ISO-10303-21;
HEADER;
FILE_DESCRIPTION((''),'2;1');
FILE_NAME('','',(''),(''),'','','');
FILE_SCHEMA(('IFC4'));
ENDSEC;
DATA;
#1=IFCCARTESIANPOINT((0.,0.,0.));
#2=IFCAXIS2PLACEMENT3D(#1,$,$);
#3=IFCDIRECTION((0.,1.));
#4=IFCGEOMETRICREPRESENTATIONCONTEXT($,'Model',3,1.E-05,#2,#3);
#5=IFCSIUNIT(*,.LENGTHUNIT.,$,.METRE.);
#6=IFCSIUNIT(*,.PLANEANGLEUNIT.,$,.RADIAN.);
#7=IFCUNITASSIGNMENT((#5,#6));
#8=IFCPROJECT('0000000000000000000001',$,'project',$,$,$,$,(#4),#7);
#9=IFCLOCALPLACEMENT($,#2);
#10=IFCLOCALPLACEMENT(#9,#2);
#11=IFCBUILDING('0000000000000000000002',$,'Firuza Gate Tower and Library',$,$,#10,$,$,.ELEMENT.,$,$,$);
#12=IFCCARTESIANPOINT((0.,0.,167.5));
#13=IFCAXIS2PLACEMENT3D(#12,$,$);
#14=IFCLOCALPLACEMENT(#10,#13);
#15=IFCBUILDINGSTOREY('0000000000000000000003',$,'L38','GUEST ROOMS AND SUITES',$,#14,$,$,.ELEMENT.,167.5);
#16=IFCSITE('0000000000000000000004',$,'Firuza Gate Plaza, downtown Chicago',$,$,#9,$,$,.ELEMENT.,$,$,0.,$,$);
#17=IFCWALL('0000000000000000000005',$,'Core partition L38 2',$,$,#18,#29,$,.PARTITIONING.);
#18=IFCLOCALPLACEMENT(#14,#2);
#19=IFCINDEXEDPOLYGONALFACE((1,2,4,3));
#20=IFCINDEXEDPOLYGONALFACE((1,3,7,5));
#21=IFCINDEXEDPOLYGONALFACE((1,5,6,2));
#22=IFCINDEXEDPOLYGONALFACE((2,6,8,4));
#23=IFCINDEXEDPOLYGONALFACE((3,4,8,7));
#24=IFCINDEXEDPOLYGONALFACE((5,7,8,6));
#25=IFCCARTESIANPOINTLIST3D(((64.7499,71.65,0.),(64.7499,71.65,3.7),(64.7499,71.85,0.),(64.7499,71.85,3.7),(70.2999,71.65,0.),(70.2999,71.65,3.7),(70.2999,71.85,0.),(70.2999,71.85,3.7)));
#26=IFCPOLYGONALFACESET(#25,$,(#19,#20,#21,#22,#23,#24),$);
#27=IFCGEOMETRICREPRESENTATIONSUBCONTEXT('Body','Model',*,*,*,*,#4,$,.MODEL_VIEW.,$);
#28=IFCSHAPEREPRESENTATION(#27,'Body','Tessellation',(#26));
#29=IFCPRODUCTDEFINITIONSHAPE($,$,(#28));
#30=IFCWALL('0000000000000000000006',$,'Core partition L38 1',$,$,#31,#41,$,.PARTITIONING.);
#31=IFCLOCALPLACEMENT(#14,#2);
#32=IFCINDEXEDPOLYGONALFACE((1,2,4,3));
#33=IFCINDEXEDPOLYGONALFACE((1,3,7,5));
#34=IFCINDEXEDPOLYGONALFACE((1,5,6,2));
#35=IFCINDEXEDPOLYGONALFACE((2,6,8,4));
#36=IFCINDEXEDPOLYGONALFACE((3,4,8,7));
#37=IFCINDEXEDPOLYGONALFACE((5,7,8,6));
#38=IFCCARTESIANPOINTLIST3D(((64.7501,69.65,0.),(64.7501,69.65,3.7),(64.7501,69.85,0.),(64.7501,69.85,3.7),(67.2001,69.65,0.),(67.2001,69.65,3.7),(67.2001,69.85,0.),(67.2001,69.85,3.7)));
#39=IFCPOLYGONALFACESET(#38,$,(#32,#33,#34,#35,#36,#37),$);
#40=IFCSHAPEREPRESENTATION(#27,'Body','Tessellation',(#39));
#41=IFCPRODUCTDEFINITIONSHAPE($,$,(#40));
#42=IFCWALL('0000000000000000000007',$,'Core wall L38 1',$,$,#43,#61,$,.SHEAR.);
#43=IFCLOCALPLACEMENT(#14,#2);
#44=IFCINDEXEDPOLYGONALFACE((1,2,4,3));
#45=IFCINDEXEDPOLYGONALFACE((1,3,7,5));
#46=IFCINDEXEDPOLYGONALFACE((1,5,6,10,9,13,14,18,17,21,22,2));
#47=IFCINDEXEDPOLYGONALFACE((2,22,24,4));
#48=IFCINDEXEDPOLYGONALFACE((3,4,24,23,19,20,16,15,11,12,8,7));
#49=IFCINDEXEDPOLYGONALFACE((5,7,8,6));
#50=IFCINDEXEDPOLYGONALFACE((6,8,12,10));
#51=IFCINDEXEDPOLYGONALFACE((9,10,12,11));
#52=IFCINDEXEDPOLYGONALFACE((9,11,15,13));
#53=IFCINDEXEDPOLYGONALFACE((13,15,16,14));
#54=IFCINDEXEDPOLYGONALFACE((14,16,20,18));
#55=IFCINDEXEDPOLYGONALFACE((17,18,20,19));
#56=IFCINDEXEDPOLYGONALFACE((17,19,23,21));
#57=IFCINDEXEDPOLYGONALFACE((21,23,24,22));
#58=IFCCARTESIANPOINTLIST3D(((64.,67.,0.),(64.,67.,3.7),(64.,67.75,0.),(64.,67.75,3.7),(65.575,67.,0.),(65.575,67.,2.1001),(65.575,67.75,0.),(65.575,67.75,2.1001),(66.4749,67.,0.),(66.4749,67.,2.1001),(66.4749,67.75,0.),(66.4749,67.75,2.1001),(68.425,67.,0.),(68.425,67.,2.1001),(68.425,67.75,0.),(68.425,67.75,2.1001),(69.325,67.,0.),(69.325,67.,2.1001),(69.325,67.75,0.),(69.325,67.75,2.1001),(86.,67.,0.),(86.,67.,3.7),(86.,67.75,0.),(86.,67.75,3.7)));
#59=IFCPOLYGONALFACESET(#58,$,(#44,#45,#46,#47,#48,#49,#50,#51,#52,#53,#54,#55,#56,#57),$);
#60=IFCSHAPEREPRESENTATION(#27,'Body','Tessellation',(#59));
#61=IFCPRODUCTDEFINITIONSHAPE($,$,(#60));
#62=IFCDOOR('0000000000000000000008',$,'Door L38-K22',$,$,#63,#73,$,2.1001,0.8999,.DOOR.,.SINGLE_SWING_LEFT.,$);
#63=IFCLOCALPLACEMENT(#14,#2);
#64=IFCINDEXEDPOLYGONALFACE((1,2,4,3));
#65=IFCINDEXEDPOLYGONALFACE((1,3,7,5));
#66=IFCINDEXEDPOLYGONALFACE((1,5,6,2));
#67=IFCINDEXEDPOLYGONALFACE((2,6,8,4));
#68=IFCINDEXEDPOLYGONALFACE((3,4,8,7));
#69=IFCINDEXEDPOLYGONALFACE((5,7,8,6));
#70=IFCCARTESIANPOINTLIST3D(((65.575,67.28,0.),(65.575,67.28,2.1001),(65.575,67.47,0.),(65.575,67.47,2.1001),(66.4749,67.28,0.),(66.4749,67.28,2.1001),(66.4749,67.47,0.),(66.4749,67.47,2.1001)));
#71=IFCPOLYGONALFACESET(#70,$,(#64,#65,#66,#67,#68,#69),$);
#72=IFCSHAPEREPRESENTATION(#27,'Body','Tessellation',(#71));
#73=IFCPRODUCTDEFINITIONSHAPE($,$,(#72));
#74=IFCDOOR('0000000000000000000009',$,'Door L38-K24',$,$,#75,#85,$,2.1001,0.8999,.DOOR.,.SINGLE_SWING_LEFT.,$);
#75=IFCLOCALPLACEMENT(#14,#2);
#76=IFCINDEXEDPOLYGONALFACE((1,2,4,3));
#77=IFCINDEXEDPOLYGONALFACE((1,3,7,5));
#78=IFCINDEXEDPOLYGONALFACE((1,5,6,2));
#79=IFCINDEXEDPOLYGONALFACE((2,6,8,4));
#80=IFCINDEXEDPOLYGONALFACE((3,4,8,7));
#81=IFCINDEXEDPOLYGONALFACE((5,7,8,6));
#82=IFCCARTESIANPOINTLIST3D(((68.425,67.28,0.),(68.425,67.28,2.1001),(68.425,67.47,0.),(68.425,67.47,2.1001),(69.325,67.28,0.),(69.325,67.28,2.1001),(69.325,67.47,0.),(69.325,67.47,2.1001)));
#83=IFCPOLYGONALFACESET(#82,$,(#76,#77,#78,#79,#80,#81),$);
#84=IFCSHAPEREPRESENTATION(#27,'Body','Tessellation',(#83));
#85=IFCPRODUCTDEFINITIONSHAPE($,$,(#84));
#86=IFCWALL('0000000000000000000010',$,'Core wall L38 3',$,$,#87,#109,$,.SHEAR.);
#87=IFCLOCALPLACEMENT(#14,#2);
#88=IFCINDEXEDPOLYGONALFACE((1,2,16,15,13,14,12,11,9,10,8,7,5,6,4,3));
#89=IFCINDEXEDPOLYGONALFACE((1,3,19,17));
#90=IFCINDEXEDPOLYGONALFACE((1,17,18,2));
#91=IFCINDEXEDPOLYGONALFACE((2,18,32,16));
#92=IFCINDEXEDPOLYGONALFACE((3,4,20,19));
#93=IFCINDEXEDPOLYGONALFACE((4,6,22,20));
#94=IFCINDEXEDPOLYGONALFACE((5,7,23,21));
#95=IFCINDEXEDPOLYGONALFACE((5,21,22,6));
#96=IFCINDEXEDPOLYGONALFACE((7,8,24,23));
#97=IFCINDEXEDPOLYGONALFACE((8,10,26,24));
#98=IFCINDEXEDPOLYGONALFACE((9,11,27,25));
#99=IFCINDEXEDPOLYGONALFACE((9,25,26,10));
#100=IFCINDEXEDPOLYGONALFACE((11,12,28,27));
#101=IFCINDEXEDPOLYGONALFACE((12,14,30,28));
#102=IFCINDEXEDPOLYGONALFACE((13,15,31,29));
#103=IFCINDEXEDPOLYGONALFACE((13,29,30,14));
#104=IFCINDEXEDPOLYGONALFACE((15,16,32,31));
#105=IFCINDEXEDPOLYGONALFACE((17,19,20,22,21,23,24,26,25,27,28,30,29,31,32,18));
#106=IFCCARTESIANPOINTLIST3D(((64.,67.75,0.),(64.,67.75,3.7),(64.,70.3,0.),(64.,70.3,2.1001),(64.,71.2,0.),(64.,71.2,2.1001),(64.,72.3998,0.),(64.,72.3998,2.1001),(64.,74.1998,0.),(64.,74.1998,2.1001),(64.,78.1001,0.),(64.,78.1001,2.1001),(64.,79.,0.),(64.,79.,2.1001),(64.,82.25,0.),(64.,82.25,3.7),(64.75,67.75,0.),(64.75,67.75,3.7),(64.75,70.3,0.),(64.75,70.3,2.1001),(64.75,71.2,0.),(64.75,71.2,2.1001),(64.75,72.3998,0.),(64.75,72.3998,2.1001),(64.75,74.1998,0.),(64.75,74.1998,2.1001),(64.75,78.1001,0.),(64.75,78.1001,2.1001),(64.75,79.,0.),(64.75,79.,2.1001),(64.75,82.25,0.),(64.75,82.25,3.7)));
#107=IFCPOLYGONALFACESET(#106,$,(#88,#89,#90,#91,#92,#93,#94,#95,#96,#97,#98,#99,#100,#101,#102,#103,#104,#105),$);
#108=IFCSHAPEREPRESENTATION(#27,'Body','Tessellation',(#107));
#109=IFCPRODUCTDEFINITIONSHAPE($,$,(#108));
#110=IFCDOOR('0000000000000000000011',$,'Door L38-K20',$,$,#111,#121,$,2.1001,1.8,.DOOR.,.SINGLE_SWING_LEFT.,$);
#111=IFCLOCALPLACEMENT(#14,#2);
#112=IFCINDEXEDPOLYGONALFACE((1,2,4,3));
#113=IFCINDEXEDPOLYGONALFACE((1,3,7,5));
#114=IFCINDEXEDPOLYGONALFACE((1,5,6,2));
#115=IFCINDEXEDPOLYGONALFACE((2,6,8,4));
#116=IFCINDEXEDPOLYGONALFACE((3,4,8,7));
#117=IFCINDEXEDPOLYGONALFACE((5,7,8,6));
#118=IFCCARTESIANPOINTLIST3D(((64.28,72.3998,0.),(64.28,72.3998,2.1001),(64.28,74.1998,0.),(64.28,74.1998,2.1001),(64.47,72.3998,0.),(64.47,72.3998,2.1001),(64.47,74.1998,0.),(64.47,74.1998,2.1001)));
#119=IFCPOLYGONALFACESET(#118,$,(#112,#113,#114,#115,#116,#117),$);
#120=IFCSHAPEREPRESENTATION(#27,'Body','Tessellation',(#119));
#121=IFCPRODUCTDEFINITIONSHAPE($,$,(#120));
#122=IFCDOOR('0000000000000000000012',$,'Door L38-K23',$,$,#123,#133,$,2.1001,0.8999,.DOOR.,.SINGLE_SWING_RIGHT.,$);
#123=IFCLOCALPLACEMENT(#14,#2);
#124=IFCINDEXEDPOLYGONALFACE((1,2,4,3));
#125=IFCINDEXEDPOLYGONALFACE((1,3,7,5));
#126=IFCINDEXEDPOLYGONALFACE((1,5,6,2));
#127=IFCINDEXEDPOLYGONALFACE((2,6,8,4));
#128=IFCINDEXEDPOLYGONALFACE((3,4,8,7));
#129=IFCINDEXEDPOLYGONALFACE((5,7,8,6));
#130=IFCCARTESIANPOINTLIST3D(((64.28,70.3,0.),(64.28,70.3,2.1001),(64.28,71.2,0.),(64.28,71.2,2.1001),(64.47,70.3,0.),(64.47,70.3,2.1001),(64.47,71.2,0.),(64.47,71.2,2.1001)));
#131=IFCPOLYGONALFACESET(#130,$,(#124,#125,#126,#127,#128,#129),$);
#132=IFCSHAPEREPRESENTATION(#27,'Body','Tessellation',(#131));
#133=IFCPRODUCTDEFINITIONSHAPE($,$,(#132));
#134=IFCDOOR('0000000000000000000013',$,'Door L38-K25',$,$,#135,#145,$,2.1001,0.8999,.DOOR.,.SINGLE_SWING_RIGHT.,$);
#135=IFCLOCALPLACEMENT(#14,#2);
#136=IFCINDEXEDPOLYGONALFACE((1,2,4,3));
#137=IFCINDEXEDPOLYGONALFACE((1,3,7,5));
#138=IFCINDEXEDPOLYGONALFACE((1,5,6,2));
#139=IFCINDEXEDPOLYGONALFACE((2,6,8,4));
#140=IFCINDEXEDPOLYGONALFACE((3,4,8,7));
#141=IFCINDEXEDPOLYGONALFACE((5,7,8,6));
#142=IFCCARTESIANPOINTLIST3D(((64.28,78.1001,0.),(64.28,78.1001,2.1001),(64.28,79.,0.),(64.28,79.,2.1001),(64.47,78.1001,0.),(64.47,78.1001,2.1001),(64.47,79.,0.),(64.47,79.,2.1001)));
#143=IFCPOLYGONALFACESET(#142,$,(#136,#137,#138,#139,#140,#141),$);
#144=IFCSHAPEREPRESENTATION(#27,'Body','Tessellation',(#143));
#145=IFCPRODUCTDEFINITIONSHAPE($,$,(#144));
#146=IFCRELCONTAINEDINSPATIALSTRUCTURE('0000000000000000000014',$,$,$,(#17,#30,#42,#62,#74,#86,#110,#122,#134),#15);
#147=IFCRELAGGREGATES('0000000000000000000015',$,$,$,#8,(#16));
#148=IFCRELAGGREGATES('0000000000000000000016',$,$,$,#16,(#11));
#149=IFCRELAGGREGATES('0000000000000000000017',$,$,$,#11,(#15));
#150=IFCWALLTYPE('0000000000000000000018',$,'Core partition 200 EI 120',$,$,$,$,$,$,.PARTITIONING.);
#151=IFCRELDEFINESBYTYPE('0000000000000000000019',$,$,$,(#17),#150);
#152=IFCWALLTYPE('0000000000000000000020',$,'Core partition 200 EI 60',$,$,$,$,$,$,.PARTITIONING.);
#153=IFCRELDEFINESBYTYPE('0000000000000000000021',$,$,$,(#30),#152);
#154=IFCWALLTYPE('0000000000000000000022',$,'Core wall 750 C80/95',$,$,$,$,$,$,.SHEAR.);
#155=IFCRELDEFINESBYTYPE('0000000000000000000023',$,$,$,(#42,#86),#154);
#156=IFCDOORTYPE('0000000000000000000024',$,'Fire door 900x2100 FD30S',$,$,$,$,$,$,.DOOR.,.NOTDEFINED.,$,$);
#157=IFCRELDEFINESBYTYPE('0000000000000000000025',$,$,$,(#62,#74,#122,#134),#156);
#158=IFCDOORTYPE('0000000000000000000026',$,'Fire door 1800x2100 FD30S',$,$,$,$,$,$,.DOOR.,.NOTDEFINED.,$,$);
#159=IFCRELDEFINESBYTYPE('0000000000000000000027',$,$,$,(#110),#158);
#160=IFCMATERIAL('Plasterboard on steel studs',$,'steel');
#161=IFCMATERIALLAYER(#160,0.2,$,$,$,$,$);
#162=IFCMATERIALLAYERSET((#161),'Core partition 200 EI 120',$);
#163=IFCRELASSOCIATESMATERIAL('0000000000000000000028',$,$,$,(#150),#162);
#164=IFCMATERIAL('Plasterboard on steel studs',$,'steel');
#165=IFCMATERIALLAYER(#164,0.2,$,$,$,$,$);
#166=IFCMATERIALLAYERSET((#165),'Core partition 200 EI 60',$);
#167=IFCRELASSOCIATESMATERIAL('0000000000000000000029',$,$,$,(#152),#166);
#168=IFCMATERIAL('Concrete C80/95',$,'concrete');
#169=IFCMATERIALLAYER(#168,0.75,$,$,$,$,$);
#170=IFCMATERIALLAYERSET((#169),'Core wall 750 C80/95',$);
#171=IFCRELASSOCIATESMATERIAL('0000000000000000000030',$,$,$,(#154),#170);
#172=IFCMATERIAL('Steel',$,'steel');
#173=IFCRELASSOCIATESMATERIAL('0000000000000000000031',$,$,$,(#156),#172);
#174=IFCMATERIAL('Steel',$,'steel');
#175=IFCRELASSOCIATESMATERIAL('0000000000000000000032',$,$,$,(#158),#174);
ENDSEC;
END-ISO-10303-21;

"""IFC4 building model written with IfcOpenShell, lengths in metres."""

from ifc_helpers import new_model, si_unit, direction, frame, frame_2d, origin, place, context, subcontext, project, spatial, rectangle, extrude, material, layer, layer_set, type_object, element, fill, save


model = new_model("IFC4")

# Units and contexts
model_context = context("Model", 3, precision=1e-05, world=origin(), true_north=direction((0.0, 1.0)))
body_context = subcontext(model_context, "Body", "Model", "MODEL_VIEW")
ifc_project = project(units=[si_unit("LENGTHUNIT", "METRE"), si_unit("PLANEANGLEUNIT", "RADIAN")], contexts=[model_context])

# Site, building, storey
site_placement = place(None, origin())
site = spatial("IfcSite", under=ifc_project, at=site_placement, Name="Firuza Gate Plaza, downtown Chicago", CompositionType="ELEMENT", RefElevation=0.0)
building_placement = place(site_placement, origin())
building = spatial("IfcBuilding", under=site, at=building_placement, Name="Firuza Gate Tower and Library", CompositionType="ELEMENT")
storey_placement = place(building_placement, frame((0.0, 0.0, 167.5)))
storey = spatial("IfcBuildingStorey", under=building, at=storey_placement, Name="L38", Description="GUEST ROOMS AND SUITES", CompositionType="ELEMENT", Elevation=167.5)

# Walls
ifc_material_1 = material(Name="Plasterboard on steel studs", Category="steel")
ifc_layer_1 = layer(ifc_material_1, 0.2)
ifc_layer_set_1 = layer_set([ifc_layer_1], Name="Core partition 200 EI 120")
wall_type_1 = type_object("IfcWallType", Name="Core partition 200 EI 120", PredefinedType="PARTITIONING", material=ifc_layer_set_1)
wall_1_placement = place(storey_placement, frame((64.75, 71.75, 0.0), z_axis=(0.0, 0.0, 1.0), x_axis=(1.0, 0.0, 0.0)))
element("IfcWall", 1, at=wall_1_placement, inside=storey, type_object=wall_type_1, Name="Core partition L38 2", PredefinedType="PARTITIONING", context=body_context, shape_type="SweptSolid", body=[
    extrude(rectangle(XDim=5.55, YDim=0.2, at=frame_2d((2.7749, 0.0))), origin(), (0.0, 0.0, 1.0), 3.7),
])
ifc_material_2 = material(Name="Plasterboard on steel studs", Category="steel")
ifc_layer_2 = layer(ifc_material_2, 0.2)
ifc_layer_set_2 = layer_set([ifc_layer_2], Name="Core partition 200 EI 60")
wall_type_2 = type_object("IfcWallType", Name="Core partition 200 EI 60", PredefinedType="PARTITIONING", material=ifc_layer_set_2)
wall_2_placement = place(storey_placement, frame((64.75, 69.75, 0.0), z_axis=(0.0, 0.0, 1.0), x_axis=(1.0, 0.0, 0.0)))
element("IfcWall", 2, at=wall_2_placement, inside=storey, type_object=wall_type_2, Name="Core partition L38 1", PredefinedType="PARTITIONING", context=body_context, shape_type="SweptSolid", body=[
    extrude(rectangle(XDim=2.45, YDim=0.2, at=frame_2d((1.2251, 0.0))), origin(), (0.0, 0.0, 1.0), 3.7),
])

# Walls, openings, doors
ifc_material_3 = material(Name="Concrete C80/95", Category="concrete")
ifc_layer_3 = layer(ifc_material_3, 0.75)
ifc_layer_set_3 = layer_set([ifc_layer_3], Name="Core wall 750 C80/95")
wall_type_3 = type_object("IfcWallType", Name="Core wall 750 C80/95", PredefinedType="SHEAR", material=ifc_layer_set_3)
wall_3_placement = place(storey_placement, frame((64.0, 67.375, 0.0), z_axis=(0.0, 0.0, 1.0), x_axis=(1.0, 0.0, 0.0)))
wall_3 = element("IfcWall", 3, at=wall_3_placement, inside=storey, type_object=wall_type_3, Name="Core wall L38 1", PredefinedType="SHEAR", context=body_context, shape_type="SweptSolid", body=[
    extrude(rectangle(XDim=22.0, YDim=0.75, at=frame_2d((11.0, 0.0))), origin(), (0.0, 0.0, 1.0), 3.7),
])
opening_1_placement = place(wall_3_placement, frame((1.575, 0.0, 0.0)))
opening_1 = element("IfcOpeningElement", 4, at=opening_1_placement, cuts=wall_3, PredefinedType="OPENING", context=body_context, shape_type="SweptSolid", body=[
    extrude(rectangle(XDim=0.8999, YDim=2.1001, at=frame_2d((0.45, 1.05))), frame((0.0, 0.385, 0.0), z_axis=(0.0, -1.0, 0.0), x_axis=(1.0, 0.0, 0.0)), (0.0, 0.0, 1.0), 0.77),
])
opening_2_placement = place(wall_3_placement, frame((4.425, 0.0, 0.0)))
opening_2 = element("IfcOpeningElement", 5, at=opening_2_placement, cuts=wall_3, PredefinedType="OPENING", context=body_context, shape_type="SweptSolid", body=[
    extrude(rectangle(XDim=0.8999, YDim=2.1001, at=frame_2d((0.45, 1.05))), frame((0.0, 0.385, 0.0), z_axis=(0.0, -1.0, 0.0), x_axis=(1.0, 0.0, 0.0)), (0.0, 0.0, 1.0), 0.77),
])
ifc_material_4 = material(Name="Steel", Category="steel")
door_type_1 = type_object("IfcDoorType", Name="Fire door 900x2100 FD30S", OperationType="NOTDEFINED", PredefinedType="DOOR", material=ifc_material_4)
door_1_placement = place(opening_1_placement, origin())
door_1 = element("IfcDoor", 6, at=door_1_placement, inside=storey, type_object=door_type_1, Name="Door L38-K22", OperationType="SINGLE_SWING_LEFT", OverallHeight=2.1001, OverallWidth=0.8999, PredefinedType="DOOR", context=body_context, shape_type="SweptSolid", body=[
    extrude(rectangle(XDim=0.8999, YDim=2.1001, at=frame_2d((0.45, 1.05))), frame((0.0, 0.095, 0.0), z_axis=(0.0, -1.0, 0.0), x_axis=(1.0, 0.0, 0.0)), (0.0, 0.0, 1.0), 0.1899),
])
fill(opening_1, door_1)
door_2_placement = place(opening_2_placement, origin())
door_2 = element("IfcDoor", 7, at=door_2_placement, inside=storey, type_object=door_type_1, Name="Door L38-K24", OperationType="SINGLE_SWING_LEFT", OverallHeight=2.1001, OverallWidth=0.8999, PredefinedType="DOOR", context=body_context, shape_type="SweptSolid", body=[
    extrude(rectangle(XDim=0.8999, YDim=2.1001, at=frame_2d((0.45, 1.05))), frame((0.0, 0.095, 0.0), z_axis=(0.0, -1.0, 0.0), x_axis=(1.0, 0.0, 0.0)), (0.0, 0.0, 1.0), 0.1899),
])
fill(opening_2, door_2)
wall_4_placement = place(storey_placement, frame((64.375, 67.75, 0.0), z_axis=(0.0, 0.0, 1.0), x_axis=(0.0, 1.0, 0.0)))
wall_4 = element("IfcWall", 8, at=wall_4_placement, inside=storey, type_object=wall_type_3, Name="Core wall L38 3", PredefinedType="SHEAR", context=body_context, shape_type="SweptSolid", body=[
    extrude(rectangle(XDim=14.5, YDim=0.75, at=frame_2d((7.25, 0.0))), origin(), (0.0, 0.0, 1.0), 3.7),
])
opening_3_placement = place(wall_4_placement, frame((4.6499, 0.0, 0.0)))
opening_3 = element("IfcOpeningElement", 9, at=opening_3_placement, cuts=wall_4, PredefinedType="OPENING", context=body_context, shape_type="SweptSolid", body=[
    extrude(rectangle(XDim=1.8, YDim=2.1001, at=frame_2d((0.8999, 1.05))), frame((0.0, 0.385, 0.0), z_axis=(0.0, -1.0, 0.0), x_axis=(1.0, 0.0, 0.0)), (0.0, 0.0, 1.0), 0.77),
])
opening_4_placement = place(wall_4_placement, frame((2.55, 0.0, 0.0)))
opening_4 = element("IfcOpeningElement", 10, at=opening_4_placement, cuts=wall_4, PredefinedType="OPENING", context=body_context, shape_type="SweptSolid", body=[
    extrude(rectangle(XDim=0.8999, YDim=2.1001, at=frame_2d((0.45, 1.05))), frame((0.0, 0.385, 0.0), z_axis=(0.0, -1.0, 0.0), x_axis=(1.0, 0.0, 0.0)), (0.0, 0.0, 1.0), 0.77),
])
opening_5_placement = place(wall_4_placement, frame((10.3501, 0.0, 0.0)))
opening_5 = element("IfcOpeningElement", 11, at=opening_5_placement, cuts=wall_4, PredefinedType="OPENING", context=body_context, shape_type="SweptSolid", body=[
    extrude(rectangle(XDim=0.8999, YDim=2.1001, at=frame_2d((0.45, 1.05))), frame((0.0, 0.385, 0.0), z_axis=(0.0, -1.0, 0.0), x_axis=(1.0, 0.0, 0.0)), (0.0, 0.0, 1.0), 0.77),
])
ifc_material_5 = material(Name="Steel", Category="steel")
door_type_2 = type_object("IfcDoorType", Name="Fire door 1800x2100 FD30S", OperationType="NOTDEFINED", PredefinedType="DOOR", material=ifc_material_5)
door_3_placement = place(opening_3_placement, origin())
door_3 = element("IfcDoor", 12, at=door_3_placement, inside=storey, type_object=door_type_2, Name="Door L38-K20", OperationType="SINGLE_SWING_LEFT", OverallHeight=2.1001, OverallWidth=1.8, PredefinedType="DOOR", context=body_context, shape_type="SweptSolid", body=[
    extrude(rectangle(XDim=1.8, YDim=2.1001, at=frame_2d((0.8999, 1.05))), frame((0.0, 0.095, 0.0), z_axis=(0.0, -1.0, 0.0), x_axis=(1.0, 0.0, 0.0)), (0.0, 0.0, 1.0), 0.1899),
])
fill(opening_3, door_3)
door_4_placement = place(opening_4_placement, origin())
door_4 = element("IfcDoor", 13, at=door_4_placement, inside=storey, type_object=door_type_1, Name="Door L38-K23", OperationType="SINGLE_SWING_RIGHT", OverallHeight=2.1001, OverallWidth=0.8999, PredefinedType="DOOR", context=body_context, shape_type="SweptSolid", body=[
    extrude(rectangle(XDim=0.8999, YDim=2.1001, at=frame_2d((0.45, 1.05))), frame((0.0, 0.095, 0.0), z_axis=(0.0, -1.0, 0.0), x_axis=(1.0, 0.0, 0.0)), (0.0, 0.0, 1.0), 0.1899),
])
fill(opening_4, door_4)
door_5_placement = place(opening_5_placement, origin())
door_5 = element("IfcDoor", 14, at=door_5_placement, inside=storey, type_object=door_type_1, Name="Door L38-K25", OperationType="SINGLE_SWING_RIGHT", OverallHeight=2.1001, OverallWidth=0.8999, PredefinedType="DOOR", context=body_context, shape_type="SweptSolid", body=[
    extrude(rectangle(XDim=0.8999, YDim=2.1001, at=frame_2d((0.45, 1.05))), frame((0.0, 0.095, 0.0), z_axis=(0.0, -1.0, 0.0), x_axis=(1.0, 0.0, 0.0)), (0.0, 0.0, 1.0), 0.1899),
])
fill(opening_5, door_5)

save(model, "model.ifc")
